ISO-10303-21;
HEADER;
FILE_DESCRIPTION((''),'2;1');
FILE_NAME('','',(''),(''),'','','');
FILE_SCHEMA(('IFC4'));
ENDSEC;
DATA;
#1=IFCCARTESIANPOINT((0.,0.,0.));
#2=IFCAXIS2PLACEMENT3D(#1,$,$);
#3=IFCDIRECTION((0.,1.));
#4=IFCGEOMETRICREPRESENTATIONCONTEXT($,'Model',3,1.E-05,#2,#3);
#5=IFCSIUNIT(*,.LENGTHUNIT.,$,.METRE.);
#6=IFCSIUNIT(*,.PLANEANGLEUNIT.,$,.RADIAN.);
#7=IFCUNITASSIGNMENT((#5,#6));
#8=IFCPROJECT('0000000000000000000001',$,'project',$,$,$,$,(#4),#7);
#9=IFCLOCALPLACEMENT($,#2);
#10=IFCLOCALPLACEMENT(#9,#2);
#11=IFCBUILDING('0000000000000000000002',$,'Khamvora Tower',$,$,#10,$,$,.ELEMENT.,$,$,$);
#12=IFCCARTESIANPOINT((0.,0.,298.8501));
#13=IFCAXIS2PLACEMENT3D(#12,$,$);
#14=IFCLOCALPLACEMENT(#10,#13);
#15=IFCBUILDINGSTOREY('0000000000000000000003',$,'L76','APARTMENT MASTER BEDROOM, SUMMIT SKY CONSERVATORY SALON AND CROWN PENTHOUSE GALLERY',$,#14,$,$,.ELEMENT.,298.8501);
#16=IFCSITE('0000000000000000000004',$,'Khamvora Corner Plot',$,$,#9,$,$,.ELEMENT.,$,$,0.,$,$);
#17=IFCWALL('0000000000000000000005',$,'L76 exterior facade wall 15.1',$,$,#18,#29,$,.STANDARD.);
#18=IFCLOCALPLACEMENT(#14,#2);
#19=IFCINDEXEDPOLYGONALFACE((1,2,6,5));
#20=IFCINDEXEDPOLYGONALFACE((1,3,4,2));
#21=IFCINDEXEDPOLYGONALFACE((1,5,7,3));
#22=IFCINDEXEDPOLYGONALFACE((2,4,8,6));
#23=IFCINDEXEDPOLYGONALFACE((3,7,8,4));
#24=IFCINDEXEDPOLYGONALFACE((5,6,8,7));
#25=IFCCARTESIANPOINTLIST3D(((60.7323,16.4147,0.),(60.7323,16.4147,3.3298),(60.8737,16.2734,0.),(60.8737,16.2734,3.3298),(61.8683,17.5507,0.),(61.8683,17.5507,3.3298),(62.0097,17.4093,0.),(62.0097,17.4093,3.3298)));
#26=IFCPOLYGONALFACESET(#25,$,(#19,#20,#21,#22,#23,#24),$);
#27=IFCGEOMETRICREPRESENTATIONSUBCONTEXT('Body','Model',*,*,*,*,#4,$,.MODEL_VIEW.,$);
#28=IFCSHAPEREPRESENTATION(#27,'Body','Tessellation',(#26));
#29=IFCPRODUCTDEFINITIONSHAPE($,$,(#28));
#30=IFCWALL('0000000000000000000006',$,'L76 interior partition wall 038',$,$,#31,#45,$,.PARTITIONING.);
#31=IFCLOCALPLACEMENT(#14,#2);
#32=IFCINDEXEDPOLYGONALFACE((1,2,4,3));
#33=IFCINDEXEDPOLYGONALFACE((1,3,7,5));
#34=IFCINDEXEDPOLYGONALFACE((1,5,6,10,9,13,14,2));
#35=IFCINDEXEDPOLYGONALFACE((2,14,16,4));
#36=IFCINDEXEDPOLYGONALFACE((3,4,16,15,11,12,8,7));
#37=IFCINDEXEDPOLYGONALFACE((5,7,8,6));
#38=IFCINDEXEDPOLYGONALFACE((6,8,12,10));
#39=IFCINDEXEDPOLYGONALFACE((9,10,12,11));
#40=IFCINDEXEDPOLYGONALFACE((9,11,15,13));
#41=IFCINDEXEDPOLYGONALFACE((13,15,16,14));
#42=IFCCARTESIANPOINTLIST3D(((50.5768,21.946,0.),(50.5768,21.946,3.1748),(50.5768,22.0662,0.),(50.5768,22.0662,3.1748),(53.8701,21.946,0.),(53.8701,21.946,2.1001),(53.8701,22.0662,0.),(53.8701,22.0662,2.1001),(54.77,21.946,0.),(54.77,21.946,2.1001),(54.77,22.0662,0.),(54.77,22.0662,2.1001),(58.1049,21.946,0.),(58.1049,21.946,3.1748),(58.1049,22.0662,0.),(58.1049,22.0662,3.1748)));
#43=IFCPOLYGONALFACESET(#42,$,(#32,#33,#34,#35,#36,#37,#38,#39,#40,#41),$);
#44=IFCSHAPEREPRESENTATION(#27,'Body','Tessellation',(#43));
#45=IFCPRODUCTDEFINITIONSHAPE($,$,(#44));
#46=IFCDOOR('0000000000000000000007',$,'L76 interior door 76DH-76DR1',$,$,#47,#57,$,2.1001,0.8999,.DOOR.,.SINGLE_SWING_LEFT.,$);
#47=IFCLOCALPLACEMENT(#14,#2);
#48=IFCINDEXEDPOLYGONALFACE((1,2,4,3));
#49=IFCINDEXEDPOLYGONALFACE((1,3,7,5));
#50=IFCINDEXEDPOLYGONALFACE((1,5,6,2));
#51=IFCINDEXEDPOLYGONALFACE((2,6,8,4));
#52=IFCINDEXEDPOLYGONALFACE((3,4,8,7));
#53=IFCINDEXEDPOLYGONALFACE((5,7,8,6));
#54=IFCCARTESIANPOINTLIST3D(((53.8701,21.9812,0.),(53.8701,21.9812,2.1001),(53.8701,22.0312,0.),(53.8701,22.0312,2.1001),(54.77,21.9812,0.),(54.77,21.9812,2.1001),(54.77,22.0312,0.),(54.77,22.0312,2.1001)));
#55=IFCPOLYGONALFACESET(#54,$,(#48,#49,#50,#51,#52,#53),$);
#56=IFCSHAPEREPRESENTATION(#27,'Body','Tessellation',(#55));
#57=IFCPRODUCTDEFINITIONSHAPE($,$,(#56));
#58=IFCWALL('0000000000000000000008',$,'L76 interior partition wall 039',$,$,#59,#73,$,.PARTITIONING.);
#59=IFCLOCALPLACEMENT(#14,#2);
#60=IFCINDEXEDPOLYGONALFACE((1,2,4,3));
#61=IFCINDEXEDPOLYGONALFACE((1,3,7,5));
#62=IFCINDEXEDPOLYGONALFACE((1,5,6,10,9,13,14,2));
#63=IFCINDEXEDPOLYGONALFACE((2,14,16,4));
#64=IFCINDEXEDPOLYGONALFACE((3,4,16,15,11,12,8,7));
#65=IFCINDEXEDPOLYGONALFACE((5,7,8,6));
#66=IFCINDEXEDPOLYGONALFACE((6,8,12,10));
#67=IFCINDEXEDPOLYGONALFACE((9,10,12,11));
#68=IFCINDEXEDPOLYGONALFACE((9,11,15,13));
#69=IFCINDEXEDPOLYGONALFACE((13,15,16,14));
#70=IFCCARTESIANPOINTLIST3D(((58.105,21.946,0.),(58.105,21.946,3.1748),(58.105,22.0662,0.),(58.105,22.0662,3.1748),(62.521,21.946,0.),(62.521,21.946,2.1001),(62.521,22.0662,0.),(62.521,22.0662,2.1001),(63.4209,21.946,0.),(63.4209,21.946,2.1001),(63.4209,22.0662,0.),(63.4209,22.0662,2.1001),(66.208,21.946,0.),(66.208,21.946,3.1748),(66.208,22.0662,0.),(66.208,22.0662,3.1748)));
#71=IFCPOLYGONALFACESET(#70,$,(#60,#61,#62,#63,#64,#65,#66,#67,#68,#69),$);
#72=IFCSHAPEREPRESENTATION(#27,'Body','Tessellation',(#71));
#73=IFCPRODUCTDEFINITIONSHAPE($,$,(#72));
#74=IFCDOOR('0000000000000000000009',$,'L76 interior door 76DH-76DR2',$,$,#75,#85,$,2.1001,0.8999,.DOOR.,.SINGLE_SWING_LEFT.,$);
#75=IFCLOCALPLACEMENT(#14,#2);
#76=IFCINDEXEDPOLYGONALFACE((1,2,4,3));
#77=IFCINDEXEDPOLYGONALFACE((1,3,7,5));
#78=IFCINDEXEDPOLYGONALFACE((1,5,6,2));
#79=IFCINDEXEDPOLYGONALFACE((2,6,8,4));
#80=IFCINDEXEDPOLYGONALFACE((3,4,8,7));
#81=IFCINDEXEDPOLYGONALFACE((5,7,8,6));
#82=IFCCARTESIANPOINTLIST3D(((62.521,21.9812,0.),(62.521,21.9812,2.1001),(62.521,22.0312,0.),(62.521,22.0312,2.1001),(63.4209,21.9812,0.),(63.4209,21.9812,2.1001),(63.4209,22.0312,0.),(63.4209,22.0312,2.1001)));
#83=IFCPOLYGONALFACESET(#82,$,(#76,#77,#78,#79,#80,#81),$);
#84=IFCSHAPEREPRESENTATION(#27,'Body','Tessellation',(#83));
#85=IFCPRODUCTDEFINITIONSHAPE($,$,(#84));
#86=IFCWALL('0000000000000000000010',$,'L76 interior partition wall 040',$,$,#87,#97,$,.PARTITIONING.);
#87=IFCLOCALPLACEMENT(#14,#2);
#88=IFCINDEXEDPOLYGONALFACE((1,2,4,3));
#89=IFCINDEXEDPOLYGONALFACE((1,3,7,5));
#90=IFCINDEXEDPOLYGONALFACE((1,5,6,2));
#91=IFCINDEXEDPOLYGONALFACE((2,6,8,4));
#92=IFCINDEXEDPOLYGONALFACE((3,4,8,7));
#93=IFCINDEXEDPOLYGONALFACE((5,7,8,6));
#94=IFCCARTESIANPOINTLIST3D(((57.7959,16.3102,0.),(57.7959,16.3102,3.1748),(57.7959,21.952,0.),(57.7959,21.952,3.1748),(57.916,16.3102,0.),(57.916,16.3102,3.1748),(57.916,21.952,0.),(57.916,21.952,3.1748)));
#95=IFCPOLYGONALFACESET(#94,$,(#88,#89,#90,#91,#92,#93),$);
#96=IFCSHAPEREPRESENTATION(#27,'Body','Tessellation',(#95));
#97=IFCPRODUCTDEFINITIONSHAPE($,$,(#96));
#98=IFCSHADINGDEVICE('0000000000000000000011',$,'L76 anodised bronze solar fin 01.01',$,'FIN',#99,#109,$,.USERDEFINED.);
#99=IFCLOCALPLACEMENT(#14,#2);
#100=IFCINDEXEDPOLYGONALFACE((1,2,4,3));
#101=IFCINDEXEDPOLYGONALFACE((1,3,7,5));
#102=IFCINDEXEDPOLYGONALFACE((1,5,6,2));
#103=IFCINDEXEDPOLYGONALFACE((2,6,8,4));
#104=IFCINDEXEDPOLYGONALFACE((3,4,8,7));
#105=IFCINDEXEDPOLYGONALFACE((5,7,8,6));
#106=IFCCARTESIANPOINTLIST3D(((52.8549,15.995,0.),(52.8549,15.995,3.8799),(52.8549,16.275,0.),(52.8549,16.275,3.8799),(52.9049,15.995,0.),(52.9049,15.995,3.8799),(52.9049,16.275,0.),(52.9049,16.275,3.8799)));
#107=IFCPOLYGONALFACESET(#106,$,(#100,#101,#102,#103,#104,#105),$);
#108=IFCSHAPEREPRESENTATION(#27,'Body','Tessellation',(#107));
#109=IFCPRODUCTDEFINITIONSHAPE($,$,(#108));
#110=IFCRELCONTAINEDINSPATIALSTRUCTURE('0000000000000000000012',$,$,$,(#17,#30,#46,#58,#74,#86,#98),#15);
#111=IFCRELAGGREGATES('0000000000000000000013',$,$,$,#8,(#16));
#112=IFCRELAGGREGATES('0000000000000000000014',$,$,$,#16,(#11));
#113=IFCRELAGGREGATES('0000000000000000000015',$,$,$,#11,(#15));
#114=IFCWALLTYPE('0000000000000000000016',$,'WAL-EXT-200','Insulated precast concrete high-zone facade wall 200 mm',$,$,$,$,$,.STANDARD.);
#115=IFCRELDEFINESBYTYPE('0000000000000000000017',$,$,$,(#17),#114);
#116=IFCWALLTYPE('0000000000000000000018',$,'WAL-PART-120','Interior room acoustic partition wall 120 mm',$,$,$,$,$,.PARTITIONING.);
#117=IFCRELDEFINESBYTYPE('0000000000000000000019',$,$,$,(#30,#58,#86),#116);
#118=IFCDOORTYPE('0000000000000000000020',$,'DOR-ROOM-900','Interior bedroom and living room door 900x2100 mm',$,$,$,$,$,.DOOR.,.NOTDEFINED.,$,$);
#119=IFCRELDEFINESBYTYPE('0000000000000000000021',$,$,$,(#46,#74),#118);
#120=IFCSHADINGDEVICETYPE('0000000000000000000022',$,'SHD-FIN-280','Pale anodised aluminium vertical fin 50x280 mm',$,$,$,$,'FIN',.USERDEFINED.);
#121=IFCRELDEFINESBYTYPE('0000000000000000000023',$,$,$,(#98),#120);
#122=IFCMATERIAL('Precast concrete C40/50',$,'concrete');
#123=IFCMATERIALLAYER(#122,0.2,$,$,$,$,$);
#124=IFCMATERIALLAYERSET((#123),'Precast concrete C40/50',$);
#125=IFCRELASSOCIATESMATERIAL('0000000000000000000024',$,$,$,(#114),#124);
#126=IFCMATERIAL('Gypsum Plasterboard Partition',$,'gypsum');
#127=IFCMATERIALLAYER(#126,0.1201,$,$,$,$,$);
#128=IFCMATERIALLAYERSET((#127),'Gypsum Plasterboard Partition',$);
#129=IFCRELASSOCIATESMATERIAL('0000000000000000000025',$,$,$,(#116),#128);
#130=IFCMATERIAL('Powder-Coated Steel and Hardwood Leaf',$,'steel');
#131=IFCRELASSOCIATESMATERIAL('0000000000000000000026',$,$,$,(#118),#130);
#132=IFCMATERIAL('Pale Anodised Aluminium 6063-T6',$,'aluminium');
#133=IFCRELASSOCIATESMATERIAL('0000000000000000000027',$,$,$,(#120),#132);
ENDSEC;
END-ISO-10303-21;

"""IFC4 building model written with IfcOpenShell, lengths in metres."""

from ifc_helpers import new_model, si_unit, direction, frame, frame_2d, origin, origin_2d, place, context, subcontext, project, spatial, rectangle, extrude, material, layer, layer_set, type_object, element, fill, save


model = new_model("IFC4")

# Units and contexts
model_context = context("Model", 3, precision=1e-05, world=origin(), true_north=direction((0.0, 1.0)))
body_context = subcontext(model_context, "Body", "Model", "MODEL_VIEW")
ifc_project = project(units=[si_unit("LENGTHUNIT", "METRE"), si_unit("PLANEANGLEUNIT", "RADIAN")], contexts=[model_context])

# Site, building, storey
site_placement = place(None, origin())
site = spatial("IfcSite", under=ifc_project, at=site_placement, Name="Khamvora Corner Plot", CompositionType="ELEMENT", RefElevation=0.0)
building_placement = place(site_placement, origin())
building = spatial("IfcBuilding", under=site, at=building_placement, Name="Khamvora Tower", CompositionType="ELEMENT")
storey_placement = place(building_placement, frame((0.0, 0.0, 298.8501)))
storey = spatial("IfcBuildingStorey", under=building, at=storey_placement, Name="L76", Description="APARTMENT MASTER BEDROOM, SUMMIT SKY CONSERVATORY SALON AND CROWN PENTHOUSE GALLERY", CompositionType="ELEMENT", Elevation=298.8501)

# Wall
ifc_material_1 = material(Name="Precast concrete C40/50", Category="concrete")
ifc_layer_1 = layer(ifc_material_1, 0.2)
ifc_layer_set_1 = layer_set([ifc_layer_1], Name="Precast concrete C40/50")
wall_type_1 = type_object("IfcWallType", Name="WAL-EXT-200", Description="Insulated precast concrete high-zone facade wall 200 mm", PredefinedType="STANDARD", material=ifc_layer_set_1)
wall_1_placement = place(storey_placement, frame((61.939, 17.48, 0.0), z_axis=(0.0, 0.0, 1.0), x_axis=(-0.707107, -0.707107, 0.0)))
element("IfcWall", 1, at=wall_1_placement, inside=storey, type_object=wall_type_1, Name="L76 exterior facade wall 15.1", PredefinedType="STANDARD", context=body_context, shape_type="SweptSolid", body=[
    extrude(rectangle(XDim=1.6064, YDim=0.2, at=frame_2d((0.8032, 0.0))), origin(), (0.0, 0.0, 1.0), 3.3298),
])

# Walls, openings, doors
ifc_material_2 = material(Name="Gypsum Plasterboard Partition", Category="gypsum")
ifc_layer_2 = layer(ifc_material_2, 0.1201)
ifc_layer_set_2 = layer_set([ifc_layer_2], Name="Gypsum Plasterboard Partition")
wall_type_2 = type_object("IfcWallType", Name="WAL-PART-120", Description="Interior room acoustic partition wall 120 mm", PredefinedType="PARTITIONING", material=ifc_layer_set_2)
wall_2_placement = place(storey_placement, frame((58.105, 22.0061, 0.0), z_axis=(0.0, 0.0, 1.0), x_axis=(-1.0, 0.0, 0.0)))
wall_2 = element("IfcWall", 2, at=wall_2_placement, inside=storey, type_object=wall_type_2, Name="L76 interior partition wall 038", PredefinedType="PARTITIONING", context=body_context, shape_type="SweptSolid", body=[
    extrude(rectangle(XDim=7.5281, YDim=0.1201, at=frame_2d((3.7642, 0.0))), origin(), (0.0, 0.0, 1.0), 3.1748),
])
opening_1_placement = place(wall_2_placement, frame((3.335, 0.0, 0.0)))
opening_1 = element("IfcOpeningElement", 3, at=opening_1_placement, cuts=wall_2, PredefinedType="OPENING", context=body_context, shape_type="SweptSolid", body=[
    extrude(rectangle(XDim=0.8999, YDim=2.1001, at=frame_2d((0.45, 1.05))), frame((0.0, 0.0701, 0.0), z_axis=(0.0, -1.0, 0.0), x_axis=(1.0, 0.0, 0.0)), (0.0, 0.0, 1.0), 0.1401),
])
ifc_material_3 = material(Name="Powder-Coated Steel and Hardwood Leaf", Category="steel")
door_type = type_object("IfcDoorType", Name="DOR-ROOM-900", Description="Interior bedroom and living room door 900x2100 mm", OperationType="NOTDEFINED", PredefinedType="DOOR", material=ifc_material_3)
door_1_placement = place(opening_1_placement, origin())
door_1 = element("IfcDoor", 4, at=door_1_placement, inside=storey, type_object=door_type, Name="L76 interior door 76DH-76DR1", OperationType="SINGLE_SWING_LEFT", OverallHeight=2.1001, OverallWidth=0.8999, PredefinedType="DOOR", context=body_context, shape_type="SweptSolid", body=[
    extrude(rectangle(XDim=0.8999, YDim=2.1001, at=frame_2d((0.45, 1.05))), frame((0.0, 0.0249, 0.0), z_axis=(0.0, -1.0, 0.0), x_axis=(1.0, 0.0, 0.0)), (0.0, 0.0, 1.0), 0.05),
])
fill(opening_1, door_1)
wall_3_placement = place(storey_placement, frame((66.208, 22.0061, 0.0), z_axis=(0.0, 0.0, 1.0), x_axis=(-1.0, 0.0, 0.0)))
wall_3 = element("IfcWall", 5, at=wall_3_placement, inside=storey, type_object=wall_type_2, Name="L76 interior partition wall 039", PredefinedType="PARTITIONING", context=body_context, shape_type="SweptSolid", body=[
    extrude(rectangle(XDim=8.103, YDim=0.1201, at=frame_2d((4.0515, 0.0))), origin(), (0.0, 0.0, 1.0), 3.1748),
])
opening_2_placement = place(wall_3_placement, frame((2.7871, 0.0, 0.0)))
opening_2 = element("IfcOpeningElement", 6, at=opening_2_placement, cuts=wall_3, PredefinedType="OPENING", context=body_context, shape_type="SweptSolid", body=[
    extrude(rectangle(XDim=0.8999, YDim=2.1001, at=frame_2d((0.45, 1.05))), frame((0.0, 0.0701, 0.0), z_axis=(0.0, -1.0, 0.0), x_axis=(1.0, 0.0, 0.0)), (0.0, 0.0, 1.0), 0.1401),
])
door_2_placement = place(opening_2_placement, origin())
door_2 = element("IfcDoor", 7, at=door_2_placement, inside=storey, type_object=door_type, Name="L76 interior door 76DH-76DR2", OperationType="SINGLE_SWING_LEFT", OverallHeight=2.1001, OverallWidth=0.8999, PredefinedType="DOOR", context=body_context, shape_type="SweptSolid", body=[
    extrude(rectangle(XDim=0.8999, YDim=2.1001, at=frame_2d((0.45, 1.05))), frame((0.0, 0.0249, 0.0), z_axis=(0.0, -1.0, 0.0), x_axis=(1.0, 0.0, 0.0)), (0.0, 0.0, 1.0), 0.05),
])
fill(opening_2, door_2)

# Wall
wall_4_placement = place(storey_placement, frame((57.856, 21.9519, 0.0), z_axis=(0.0, 0.0, 1.0), x_axis=(0.0, -1.0, 0.0)))
element("IfcWall", 8, at=wall_4_placement, inside=storey, type_object=wall_type_2, Name="L76 interior partition wall 040", PredefinedType="PARTITIONING", context=body_context, shape_type="SweptSolid", body=[
    extrude(rectangle(XDim=5.6418, YDim=0.1201, at=frame_2d((2.8208, 0.0))), origin(), (0.0, 0.0, 1.0), 3.1748),
])

# Shading device
ifc_material_4 = material(Name="Pale Anodised Aluminium 6063-T6", Category="aluminium")
shading_device_type = type_object("IfcShadingDeviceType", Name="SHD-FIN-280", Description="Pale anodised aluminium vertical fin 50x280 mm", ElementType="FIN", PredefinedType="USERDEFINED", material=ifc_material_4)
shading_device_placement = place(storey_placement, frame((52.8799, 16.135, 0.0), z_axis=(0.0, 0.0, 1.0), x_axis=(-1.0, 0.0, 0.0)))
element("IfcShadingDevice", 9, at=shading_device_placement, inside=storey, type_object=shading_device_type, Name="L76 anodised bronze solar fin 01.01", ObjectType="FIN", PredefinedType="USERDEFINED", context=body_context, shape_type="SweptSolid", body=[
    extrude(rectangle(XDim=0.05, YDim=0.28, at=origin_2d()), origin(), (0.0, 0.0, 1.0), 3.8799),
])

save(model, "model.ifc")
